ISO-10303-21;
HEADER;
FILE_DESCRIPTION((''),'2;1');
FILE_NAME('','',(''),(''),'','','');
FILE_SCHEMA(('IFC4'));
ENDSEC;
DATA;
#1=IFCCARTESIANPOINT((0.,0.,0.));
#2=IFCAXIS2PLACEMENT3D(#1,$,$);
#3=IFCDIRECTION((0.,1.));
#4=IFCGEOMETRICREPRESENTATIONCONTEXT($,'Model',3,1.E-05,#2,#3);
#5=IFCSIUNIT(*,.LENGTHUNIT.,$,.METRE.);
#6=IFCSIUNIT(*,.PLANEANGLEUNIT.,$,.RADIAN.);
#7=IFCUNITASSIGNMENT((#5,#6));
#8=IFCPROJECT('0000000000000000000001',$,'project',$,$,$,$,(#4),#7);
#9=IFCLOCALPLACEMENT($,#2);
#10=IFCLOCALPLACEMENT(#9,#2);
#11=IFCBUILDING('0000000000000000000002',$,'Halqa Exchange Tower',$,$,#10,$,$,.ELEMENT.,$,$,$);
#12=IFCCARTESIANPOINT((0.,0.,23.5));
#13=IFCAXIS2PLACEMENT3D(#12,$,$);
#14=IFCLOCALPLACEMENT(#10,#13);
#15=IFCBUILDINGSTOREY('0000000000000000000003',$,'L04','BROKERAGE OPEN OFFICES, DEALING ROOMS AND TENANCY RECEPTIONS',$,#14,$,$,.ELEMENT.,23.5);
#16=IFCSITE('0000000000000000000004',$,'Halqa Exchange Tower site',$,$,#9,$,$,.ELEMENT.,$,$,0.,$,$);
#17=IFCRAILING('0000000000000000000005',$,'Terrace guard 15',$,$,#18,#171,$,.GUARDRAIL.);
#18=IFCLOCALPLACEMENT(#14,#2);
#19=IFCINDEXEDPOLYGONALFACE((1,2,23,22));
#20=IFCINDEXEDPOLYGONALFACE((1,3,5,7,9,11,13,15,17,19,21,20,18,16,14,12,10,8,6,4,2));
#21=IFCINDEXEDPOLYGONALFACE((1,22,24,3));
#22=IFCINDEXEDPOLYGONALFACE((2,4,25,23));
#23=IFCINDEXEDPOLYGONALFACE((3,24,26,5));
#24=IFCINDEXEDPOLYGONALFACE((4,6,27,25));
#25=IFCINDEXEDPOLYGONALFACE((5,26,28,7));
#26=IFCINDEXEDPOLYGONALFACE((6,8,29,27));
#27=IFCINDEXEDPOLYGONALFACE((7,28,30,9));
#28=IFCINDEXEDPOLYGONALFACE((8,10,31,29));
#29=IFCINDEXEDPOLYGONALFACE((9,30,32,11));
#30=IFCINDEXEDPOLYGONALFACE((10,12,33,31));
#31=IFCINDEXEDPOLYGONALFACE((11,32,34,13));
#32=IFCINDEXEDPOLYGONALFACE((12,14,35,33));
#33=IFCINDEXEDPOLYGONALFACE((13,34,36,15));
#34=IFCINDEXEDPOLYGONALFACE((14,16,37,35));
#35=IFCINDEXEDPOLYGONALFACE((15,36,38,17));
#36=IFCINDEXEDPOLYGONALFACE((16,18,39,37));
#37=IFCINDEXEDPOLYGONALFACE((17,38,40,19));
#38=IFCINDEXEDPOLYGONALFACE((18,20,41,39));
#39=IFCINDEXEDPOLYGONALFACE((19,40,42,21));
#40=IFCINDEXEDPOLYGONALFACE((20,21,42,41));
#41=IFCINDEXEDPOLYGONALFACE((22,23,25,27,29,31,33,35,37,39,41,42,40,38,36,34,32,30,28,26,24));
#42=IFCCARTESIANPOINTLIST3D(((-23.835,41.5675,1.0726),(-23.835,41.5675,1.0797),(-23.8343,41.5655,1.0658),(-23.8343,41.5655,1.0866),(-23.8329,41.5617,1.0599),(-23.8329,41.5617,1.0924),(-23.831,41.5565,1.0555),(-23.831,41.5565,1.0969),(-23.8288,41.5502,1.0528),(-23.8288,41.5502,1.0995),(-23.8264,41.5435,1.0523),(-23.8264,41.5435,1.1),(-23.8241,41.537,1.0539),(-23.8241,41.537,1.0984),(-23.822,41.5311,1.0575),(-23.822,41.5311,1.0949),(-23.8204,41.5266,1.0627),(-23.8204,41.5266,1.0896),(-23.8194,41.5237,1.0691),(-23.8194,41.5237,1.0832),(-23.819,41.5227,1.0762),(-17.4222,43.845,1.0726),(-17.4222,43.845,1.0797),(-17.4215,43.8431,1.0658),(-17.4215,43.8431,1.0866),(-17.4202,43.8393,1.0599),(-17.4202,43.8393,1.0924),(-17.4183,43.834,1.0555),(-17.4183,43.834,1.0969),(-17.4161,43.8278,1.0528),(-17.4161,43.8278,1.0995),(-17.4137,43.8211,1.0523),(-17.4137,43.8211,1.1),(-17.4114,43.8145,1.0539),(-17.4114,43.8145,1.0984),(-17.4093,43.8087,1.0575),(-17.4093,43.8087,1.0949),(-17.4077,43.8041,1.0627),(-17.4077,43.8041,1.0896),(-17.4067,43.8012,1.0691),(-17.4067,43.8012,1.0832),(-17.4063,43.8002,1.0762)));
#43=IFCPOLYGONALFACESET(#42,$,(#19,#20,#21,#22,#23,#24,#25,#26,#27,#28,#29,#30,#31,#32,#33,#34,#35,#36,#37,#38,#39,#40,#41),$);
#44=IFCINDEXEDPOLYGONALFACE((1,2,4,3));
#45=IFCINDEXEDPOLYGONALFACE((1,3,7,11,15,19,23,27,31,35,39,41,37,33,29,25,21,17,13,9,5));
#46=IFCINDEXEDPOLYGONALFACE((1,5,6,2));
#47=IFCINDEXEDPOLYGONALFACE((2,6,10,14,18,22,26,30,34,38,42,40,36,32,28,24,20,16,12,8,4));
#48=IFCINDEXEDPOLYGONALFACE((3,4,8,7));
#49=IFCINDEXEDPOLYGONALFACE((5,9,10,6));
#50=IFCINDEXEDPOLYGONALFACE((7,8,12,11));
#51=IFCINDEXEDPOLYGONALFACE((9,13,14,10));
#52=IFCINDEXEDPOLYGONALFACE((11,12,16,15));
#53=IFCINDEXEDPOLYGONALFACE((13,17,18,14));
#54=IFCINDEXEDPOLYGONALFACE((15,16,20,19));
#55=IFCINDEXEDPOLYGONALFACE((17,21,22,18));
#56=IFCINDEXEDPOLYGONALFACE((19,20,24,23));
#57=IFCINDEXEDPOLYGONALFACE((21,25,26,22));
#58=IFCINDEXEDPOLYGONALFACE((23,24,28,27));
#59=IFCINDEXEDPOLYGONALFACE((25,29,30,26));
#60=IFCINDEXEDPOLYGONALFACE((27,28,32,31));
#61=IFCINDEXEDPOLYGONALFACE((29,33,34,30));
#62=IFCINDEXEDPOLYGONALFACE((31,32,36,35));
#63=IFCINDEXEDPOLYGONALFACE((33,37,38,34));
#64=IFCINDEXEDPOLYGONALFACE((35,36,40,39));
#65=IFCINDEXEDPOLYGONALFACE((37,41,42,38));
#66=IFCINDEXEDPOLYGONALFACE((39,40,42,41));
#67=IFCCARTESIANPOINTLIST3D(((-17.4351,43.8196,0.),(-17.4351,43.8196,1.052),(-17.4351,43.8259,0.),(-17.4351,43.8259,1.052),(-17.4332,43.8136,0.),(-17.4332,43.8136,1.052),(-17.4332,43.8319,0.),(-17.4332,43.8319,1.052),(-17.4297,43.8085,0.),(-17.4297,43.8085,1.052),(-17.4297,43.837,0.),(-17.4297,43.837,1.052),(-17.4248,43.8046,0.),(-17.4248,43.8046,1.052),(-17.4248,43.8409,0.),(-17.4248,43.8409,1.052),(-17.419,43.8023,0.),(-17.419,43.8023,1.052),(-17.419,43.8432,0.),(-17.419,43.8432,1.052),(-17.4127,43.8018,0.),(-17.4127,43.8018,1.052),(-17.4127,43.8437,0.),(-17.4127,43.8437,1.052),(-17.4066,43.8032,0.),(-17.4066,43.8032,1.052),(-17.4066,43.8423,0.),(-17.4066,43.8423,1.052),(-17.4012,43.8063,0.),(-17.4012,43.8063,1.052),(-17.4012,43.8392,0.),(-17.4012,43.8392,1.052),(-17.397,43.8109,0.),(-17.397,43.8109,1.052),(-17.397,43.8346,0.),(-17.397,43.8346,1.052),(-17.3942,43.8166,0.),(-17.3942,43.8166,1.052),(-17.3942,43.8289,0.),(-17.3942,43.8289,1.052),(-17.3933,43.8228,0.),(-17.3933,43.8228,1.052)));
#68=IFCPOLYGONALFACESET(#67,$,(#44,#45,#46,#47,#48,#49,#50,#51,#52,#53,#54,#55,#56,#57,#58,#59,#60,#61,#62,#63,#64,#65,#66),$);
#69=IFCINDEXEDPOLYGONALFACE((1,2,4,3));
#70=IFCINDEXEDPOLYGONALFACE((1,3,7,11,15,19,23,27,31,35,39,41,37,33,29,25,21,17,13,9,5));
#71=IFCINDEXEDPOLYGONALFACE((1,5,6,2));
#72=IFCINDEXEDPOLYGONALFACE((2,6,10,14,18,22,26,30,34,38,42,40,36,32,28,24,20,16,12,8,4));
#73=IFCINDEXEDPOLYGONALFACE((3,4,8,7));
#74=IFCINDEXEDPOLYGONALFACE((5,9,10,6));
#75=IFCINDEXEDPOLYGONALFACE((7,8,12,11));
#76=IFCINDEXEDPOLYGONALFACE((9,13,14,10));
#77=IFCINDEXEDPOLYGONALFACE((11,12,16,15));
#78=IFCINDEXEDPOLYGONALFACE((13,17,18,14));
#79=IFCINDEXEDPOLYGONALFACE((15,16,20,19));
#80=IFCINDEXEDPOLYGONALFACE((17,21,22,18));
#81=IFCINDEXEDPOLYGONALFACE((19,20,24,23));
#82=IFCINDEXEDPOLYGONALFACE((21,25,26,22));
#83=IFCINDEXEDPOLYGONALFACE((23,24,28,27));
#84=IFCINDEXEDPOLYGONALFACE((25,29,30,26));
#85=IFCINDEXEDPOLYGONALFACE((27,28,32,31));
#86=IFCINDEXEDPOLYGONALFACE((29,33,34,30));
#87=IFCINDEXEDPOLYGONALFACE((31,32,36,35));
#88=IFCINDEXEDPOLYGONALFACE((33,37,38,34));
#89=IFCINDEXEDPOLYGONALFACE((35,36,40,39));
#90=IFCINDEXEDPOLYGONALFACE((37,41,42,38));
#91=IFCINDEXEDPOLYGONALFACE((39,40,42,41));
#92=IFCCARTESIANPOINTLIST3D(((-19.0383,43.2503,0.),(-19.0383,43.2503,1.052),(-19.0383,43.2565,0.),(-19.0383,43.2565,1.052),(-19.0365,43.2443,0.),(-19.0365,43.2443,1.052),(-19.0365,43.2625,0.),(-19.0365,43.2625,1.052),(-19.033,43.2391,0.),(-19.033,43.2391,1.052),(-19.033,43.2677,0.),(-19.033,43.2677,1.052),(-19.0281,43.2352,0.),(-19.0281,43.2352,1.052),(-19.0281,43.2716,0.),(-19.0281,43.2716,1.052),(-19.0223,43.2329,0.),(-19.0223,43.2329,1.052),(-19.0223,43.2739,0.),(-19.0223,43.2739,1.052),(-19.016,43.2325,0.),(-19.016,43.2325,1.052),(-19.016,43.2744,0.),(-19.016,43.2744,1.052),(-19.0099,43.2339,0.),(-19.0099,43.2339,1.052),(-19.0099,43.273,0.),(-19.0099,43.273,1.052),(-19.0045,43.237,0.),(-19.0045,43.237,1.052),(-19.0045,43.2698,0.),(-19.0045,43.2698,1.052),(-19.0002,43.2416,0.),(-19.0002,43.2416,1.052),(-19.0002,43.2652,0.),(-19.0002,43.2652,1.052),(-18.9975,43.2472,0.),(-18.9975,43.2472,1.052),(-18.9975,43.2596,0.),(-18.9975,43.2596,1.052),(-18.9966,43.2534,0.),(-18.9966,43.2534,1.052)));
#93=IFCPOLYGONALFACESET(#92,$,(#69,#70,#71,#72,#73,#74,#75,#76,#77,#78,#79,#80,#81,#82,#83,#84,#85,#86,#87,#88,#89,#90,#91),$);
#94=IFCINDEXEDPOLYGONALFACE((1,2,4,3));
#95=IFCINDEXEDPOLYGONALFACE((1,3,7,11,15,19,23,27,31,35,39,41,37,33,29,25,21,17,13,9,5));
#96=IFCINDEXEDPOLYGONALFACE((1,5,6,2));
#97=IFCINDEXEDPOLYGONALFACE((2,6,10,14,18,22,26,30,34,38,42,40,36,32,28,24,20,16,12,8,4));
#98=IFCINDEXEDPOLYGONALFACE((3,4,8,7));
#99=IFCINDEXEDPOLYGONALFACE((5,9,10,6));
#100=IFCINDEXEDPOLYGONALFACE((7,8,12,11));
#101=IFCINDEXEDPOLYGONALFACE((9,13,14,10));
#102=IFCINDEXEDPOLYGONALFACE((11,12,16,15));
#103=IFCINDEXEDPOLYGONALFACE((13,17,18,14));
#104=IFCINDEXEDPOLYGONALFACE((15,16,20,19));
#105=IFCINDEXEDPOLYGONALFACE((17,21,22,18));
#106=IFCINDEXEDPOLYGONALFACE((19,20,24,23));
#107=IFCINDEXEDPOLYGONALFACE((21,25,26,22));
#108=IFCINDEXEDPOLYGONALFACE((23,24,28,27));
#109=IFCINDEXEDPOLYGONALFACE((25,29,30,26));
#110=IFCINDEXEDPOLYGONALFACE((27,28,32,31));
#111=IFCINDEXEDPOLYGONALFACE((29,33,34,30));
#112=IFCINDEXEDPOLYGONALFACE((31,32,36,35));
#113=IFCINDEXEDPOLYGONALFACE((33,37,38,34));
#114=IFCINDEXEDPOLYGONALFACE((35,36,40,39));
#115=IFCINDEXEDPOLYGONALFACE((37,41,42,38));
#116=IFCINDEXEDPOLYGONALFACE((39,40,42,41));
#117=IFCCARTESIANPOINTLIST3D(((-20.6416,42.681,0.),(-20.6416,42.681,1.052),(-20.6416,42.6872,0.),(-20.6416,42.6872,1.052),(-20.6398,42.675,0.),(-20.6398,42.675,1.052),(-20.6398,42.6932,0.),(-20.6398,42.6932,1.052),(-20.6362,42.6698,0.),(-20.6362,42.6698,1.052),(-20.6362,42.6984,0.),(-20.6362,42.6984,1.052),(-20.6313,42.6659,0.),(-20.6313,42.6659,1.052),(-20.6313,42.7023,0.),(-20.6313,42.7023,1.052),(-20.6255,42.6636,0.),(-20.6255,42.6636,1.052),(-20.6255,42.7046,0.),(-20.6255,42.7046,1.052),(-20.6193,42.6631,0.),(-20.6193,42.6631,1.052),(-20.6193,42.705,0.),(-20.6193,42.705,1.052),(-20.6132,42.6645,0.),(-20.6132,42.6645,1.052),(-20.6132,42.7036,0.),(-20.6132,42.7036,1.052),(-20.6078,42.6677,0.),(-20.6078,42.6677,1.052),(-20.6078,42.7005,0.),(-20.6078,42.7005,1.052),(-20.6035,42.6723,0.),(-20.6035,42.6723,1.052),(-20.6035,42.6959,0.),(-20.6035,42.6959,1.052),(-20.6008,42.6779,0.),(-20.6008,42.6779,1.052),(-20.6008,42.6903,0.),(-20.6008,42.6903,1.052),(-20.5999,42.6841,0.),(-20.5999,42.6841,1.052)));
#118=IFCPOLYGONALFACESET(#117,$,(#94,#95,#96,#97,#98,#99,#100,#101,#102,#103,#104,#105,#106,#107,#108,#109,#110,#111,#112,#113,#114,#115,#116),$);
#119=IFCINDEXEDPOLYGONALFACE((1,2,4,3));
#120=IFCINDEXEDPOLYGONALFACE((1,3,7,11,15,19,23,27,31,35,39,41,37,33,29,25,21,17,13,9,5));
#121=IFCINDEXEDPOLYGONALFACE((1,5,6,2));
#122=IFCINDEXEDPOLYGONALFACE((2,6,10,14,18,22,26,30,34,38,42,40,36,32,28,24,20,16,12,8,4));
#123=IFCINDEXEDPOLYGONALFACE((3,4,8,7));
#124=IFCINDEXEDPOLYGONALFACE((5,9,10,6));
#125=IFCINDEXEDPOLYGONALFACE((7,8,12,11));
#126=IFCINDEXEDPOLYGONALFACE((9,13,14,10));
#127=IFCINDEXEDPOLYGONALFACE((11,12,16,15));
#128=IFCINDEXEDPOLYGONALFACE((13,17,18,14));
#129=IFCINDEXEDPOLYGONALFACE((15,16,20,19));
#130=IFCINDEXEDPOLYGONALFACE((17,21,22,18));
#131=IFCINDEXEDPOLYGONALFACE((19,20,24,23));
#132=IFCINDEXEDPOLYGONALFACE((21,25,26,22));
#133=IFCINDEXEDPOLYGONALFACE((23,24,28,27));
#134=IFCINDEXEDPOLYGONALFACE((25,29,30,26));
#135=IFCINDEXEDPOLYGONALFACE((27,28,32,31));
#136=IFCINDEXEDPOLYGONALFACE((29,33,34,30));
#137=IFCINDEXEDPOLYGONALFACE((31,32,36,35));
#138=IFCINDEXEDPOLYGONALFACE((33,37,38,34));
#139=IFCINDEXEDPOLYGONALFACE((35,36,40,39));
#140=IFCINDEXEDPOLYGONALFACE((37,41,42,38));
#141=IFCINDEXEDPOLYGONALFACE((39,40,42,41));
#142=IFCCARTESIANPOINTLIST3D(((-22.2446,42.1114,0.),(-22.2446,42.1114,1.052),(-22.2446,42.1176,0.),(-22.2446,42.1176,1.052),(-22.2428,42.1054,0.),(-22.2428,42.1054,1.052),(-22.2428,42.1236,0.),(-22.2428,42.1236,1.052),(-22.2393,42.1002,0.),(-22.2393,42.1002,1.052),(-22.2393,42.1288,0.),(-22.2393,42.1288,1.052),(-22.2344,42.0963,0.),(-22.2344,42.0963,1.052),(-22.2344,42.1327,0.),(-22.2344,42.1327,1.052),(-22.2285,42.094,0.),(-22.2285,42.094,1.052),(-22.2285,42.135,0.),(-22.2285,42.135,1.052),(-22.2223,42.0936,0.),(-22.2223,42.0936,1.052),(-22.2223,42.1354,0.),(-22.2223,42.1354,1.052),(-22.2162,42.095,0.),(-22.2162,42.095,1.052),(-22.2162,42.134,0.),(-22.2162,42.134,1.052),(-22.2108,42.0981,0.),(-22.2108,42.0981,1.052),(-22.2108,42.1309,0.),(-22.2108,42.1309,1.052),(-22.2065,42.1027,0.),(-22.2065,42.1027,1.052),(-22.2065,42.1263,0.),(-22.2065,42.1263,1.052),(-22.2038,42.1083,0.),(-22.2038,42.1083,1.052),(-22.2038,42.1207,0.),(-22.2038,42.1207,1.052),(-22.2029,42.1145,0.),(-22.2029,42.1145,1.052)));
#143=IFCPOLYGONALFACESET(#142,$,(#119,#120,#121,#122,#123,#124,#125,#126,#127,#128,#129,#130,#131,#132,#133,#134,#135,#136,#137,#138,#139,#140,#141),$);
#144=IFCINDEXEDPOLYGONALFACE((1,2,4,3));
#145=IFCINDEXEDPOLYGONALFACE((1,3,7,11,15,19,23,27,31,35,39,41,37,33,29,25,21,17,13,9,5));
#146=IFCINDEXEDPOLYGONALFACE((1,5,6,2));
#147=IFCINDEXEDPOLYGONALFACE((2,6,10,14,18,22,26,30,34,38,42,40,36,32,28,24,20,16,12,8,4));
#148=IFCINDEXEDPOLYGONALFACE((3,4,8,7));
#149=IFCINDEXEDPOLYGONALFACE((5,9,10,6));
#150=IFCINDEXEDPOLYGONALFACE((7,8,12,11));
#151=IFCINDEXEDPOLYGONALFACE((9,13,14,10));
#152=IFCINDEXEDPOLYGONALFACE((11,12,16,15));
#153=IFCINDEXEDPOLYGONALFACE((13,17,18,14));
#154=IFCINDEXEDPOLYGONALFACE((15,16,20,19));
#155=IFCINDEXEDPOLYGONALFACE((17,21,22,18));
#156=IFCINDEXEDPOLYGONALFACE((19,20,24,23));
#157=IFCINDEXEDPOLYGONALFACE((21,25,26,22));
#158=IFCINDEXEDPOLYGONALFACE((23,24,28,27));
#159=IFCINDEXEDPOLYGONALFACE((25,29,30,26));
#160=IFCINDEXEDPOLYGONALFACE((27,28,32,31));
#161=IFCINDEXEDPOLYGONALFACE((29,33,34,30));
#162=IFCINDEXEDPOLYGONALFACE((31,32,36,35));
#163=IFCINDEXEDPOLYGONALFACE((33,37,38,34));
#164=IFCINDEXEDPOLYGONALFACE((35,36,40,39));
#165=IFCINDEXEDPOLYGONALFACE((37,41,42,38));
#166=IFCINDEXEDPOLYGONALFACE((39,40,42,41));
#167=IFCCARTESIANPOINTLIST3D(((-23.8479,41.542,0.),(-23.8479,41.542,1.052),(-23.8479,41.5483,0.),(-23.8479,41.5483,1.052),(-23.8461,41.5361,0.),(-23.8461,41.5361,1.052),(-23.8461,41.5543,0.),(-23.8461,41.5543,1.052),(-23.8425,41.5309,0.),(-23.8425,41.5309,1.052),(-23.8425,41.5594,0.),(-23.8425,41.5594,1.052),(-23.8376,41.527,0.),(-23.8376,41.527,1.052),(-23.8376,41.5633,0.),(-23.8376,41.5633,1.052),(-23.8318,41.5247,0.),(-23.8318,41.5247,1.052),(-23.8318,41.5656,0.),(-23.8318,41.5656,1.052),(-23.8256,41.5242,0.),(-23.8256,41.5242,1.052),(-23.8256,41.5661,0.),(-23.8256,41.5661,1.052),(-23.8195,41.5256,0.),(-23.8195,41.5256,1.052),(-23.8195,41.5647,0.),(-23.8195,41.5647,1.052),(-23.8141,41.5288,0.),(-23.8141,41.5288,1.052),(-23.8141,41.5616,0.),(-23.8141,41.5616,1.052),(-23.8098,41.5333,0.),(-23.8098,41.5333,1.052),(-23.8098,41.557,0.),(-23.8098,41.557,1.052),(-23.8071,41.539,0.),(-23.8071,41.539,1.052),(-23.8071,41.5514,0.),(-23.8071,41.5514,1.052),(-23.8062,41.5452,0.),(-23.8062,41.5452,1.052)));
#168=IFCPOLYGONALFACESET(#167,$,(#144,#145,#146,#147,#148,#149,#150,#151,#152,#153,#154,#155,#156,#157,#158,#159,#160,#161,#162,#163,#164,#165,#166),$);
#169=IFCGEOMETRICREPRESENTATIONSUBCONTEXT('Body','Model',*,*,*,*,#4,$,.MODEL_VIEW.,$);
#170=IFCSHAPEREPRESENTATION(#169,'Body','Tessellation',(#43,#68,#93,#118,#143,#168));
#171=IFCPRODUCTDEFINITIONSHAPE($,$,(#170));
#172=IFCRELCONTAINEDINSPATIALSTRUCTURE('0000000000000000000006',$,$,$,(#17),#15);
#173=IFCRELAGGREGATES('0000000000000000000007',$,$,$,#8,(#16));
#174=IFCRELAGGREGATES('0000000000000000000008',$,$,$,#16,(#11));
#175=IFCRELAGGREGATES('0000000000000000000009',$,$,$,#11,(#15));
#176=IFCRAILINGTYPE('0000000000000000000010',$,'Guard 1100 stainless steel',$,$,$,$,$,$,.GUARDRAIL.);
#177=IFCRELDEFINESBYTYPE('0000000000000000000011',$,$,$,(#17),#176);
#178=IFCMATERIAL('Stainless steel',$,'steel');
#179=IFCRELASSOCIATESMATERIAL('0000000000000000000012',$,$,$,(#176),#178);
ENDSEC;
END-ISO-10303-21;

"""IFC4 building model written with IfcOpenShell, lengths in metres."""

from ifc_helpers import new_model, si_unit, direction, frame, origin, origin_2d, place, context, subcontext, project, spatial, circle, extrude, material, type_object, element, save


model = new_model("IFC4")

# Units and contexts
model_context = context("Model", 3, precision=1e-05, world=origin(), true_north=direction((0.0, 1.0)))
body_context = subcontext(model_context, "Body", "Model", "MODEL_VIEW")
ifc_project = project(units=[si_unit("LENGTHUNIT", "METRE"), si_unit("PLANEANGLEUNIT", "RADIAN")], contexts=[model_context])

# Site, building, storey
site_placement = place(None, origin())
site = spatial("IfcSite", under=ifc_project, at=site_placement, Name="Halqa Exchange Tower site", CompositionType="ELEMENT", RefElevation=0.0)
building_placement = place(site_placement, origin())
building = spatial("IfcBuilding", under=site, at=building_placement, Name="Halqa Exchange Tower", CompositionType="ELEMENT")
storey_placement = place(building_placement, frame((0.0, 0.0, 23.5)))
storey = spatial("IfcBuildingStorey", under=building, at=storey_placement, Name="L04", Description="BROKERAGE OPEN OFFICES, DEALING ROOMS AND TENANCY RECEPTIONS", CompositionType="ELEMENT", Elevation=23.5)

# Railing
ifc_material_1 = material(Name="Stainless steel", Category="steel")
railing_type = type_object("IfcRailingType", Name="Guard 1100 stainless steel", PredefinedType="GUARDRAIL", material=ifc_material_1)
railing_1_placement = place(storey_placement, frame((-17.4143, 43.8228, 0.0)))
element("IfcRailing", 1, at=railing_1_placement, inside=storey, type_object=railing_type, Name="Terrace guard 15", PredefinedType="GUARDRAIL", context=body_context, shape_type="SweptSolid", body=[
    extrude(circle(Radius=0.0239, at=origin_2d()), frame((0.0, 0.0, 1.0762), z_axis=(-0.942332, -0.334679, 0.0), x_axis=(0.334679, -0.942332, 0.0)), (0.0, 0.0, 1.0), 6.8052),
    extrude(circle(Radius=0.021, at=origin_2d()), origin(), (0.0, 0.0, 1.0), 1.052),
    extrude(circle(Radius=0.021, at=origin_2d()), frame((-1.6033, -0.5693, 0.0)), (0.0, 0.0, 1.0), 1.052),
    extrude(circle(Radius=0.021, at=origin_2d()), frame((-3.2065, -1.1387, 0.0)), (0.0, 0.0, 1.0), 1.052),
    extrude(circle(Radius=0.021, at=origin_2d()), frame((-4.8096, -1.7083, 0.0)), (0.0, 0.0, 1.0), 1.052),
    extrude(circle(Radius=0.021, at=origin_2d()), frame((-6.4128, -2.2776, 0.0)), (0.0, 0.0, 1.0), 1.052),
])

save(model, "model.ifc")
